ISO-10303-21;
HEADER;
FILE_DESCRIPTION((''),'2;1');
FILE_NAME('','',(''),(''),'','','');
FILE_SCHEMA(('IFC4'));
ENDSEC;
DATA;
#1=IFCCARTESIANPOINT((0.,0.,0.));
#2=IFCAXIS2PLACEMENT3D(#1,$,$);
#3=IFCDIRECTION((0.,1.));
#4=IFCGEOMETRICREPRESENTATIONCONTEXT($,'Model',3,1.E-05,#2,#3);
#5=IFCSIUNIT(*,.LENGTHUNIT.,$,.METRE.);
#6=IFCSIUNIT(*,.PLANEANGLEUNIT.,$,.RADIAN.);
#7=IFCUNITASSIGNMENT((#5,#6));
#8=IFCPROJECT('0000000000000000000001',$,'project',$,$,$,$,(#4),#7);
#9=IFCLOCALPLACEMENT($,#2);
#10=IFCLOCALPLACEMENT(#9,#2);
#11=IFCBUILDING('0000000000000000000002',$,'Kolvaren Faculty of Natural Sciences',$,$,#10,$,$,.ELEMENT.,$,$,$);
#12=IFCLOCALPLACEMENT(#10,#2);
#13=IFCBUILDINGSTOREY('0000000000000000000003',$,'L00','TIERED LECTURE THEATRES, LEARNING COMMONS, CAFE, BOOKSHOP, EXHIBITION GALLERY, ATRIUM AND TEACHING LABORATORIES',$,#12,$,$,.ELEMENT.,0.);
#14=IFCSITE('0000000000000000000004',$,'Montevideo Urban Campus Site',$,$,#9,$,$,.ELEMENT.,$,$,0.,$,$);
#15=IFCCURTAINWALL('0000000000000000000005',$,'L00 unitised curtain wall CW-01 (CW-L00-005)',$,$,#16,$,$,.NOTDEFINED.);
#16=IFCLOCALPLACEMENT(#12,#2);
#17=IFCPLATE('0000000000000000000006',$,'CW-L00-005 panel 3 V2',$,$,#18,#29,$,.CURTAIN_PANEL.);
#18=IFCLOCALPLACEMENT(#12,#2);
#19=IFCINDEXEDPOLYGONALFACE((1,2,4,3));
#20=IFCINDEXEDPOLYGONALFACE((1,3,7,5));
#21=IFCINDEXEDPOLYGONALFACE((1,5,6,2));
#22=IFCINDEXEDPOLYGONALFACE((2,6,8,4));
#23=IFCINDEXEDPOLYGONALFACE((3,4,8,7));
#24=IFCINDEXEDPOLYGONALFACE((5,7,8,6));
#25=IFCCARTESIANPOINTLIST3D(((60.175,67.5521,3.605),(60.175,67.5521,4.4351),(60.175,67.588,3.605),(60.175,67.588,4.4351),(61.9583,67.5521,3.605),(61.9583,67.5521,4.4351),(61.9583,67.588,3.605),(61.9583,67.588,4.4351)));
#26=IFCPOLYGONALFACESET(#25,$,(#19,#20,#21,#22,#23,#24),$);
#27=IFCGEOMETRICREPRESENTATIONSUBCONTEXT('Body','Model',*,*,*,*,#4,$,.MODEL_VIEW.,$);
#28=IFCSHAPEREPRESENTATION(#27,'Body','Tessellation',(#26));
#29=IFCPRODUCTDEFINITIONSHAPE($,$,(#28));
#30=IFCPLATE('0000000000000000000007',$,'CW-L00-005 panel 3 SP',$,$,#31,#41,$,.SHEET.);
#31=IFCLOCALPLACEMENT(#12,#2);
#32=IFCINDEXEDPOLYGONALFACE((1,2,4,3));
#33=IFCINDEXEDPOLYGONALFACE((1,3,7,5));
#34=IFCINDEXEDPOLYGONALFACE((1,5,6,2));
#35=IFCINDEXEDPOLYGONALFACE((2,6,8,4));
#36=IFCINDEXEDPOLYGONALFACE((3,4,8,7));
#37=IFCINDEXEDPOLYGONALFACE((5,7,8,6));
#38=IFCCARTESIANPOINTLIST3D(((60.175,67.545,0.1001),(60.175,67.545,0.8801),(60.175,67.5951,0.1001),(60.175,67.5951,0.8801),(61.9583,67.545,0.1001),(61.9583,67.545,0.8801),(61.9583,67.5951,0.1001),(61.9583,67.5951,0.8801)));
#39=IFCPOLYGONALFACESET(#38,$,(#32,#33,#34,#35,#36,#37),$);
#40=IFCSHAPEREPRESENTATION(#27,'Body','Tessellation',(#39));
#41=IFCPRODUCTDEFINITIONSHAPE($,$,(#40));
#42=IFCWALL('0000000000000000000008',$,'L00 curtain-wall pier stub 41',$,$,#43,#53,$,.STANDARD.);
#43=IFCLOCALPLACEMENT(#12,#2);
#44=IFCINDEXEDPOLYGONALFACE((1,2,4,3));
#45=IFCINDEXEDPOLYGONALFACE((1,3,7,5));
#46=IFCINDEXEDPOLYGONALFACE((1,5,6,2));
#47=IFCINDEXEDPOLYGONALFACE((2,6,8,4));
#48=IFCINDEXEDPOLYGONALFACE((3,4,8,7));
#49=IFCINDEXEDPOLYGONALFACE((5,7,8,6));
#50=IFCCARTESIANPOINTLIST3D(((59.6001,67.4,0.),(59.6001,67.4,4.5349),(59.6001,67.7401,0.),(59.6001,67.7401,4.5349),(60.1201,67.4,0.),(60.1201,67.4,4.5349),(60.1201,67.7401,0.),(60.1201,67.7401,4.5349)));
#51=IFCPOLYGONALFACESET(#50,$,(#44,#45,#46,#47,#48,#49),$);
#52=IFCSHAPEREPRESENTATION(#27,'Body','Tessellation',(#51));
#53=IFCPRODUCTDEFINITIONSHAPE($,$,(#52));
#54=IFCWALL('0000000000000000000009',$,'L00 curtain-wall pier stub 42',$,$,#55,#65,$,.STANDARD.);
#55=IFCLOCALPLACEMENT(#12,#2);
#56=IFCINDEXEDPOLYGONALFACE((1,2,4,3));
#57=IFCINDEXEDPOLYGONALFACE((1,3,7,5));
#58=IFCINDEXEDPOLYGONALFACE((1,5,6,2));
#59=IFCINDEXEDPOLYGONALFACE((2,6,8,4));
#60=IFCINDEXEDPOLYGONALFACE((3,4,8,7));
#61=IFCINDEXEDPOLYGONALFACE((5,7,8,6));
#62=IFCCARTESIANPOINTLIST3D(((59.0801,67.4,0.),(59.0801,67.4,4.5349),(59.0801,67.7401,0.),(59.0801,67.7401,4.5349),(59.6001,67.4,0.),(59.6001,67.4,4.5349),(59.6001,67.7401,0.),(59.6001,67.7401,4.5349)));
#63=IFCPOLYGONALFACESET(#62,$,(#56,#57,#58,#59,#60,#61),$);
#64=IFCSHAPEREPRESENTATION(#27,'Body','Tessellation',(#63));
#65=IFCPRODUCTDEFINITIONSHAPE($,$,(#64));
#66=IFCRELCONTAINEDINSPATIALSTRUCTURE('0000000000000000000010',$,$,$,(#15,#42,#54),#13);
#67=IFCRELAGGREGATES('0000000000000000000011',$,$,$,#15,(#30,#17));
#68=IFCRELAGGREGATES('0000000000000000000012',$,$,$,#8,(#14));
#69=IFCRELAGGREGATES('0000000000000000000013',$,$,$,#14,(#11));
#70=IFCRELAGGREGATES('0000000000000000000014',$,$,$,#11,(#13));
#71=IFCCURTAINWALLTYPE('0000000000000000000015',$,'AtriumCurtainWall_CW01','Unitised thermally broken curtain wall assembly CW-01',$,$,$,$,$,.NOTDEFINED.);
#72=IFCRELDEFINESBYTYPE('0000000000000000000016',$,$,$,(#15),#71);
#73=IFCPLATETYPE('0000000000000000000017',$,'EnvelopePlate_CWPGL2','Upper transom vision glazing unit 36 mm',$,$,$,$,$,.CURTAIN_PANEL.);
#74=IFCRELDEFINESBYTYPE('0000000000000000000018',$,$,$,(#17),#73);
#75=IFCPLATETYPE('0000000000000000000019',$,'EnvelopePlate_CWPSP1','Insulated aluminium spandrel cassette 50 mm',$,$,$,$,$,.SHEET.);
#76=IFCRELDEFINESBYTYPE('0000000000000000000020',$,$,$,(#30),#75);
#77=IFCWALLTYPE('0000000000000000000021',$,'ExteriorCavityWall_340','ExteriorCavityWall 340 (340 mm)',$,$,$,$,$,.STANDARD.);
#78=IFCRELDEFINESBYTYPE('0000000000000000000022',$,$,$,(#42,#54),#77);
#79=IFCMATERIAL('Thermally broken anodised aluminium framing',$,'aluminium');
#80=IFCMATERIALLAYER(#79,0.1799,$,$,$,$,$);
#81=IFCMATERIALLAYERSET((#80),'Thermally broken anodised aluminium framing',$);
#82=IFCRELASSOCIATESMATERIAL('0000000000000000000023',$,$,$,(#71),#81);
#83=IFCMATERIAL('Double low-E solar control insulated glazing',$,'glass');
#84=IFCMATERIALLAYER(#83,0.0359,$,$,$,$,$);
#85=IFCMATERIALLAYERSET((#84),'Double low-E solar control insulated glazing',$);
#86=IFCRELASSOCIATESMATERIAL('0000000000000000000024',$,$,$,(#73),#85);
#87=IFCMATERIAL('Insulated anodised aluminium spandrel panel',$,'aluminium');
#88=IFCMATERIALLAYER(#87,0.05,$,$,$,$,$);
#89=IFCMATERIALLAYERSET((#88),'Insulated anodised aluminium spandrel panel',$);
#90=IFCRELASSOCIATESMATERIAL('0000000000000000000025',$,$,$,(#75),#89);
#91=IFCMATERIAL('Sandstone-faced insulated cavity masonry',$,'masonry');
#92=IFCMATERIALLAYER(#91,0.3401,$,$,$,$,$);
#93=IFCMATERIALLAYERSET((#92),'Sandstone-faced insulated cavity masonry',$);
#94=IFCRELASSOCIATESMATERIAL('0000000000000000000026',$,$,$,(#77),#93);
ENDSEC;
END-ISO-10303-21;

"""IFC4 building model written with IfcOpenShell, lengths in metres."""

from ifc_helpers import new_model, si_unit, direction, frame, frame_2d, origin, origin_2d, place, context, subcontext, project, spatial, rectangle, extrude, material, layer, layer_set, type_object, element, aggregate, save


model = new_model("IFC4")

# Units and contexts
model_context = context("Model", 3, precision=1e-05, world=origin(), true_north=direction((0.0, 1.0)))
body_context = subcontext(model_context, "Body", "Model", "MODEL_VIEW")
ifc_project = project(units=[si_unit("LENGTHUNIT", "METRE"), si_unit("PLANEANGLEUNIT", "RADIAN")], contexts=[model_context])

# Site, building, storey
site_placement = place(None, origin())
site = spatial("IfcSite", under=ifc_project, at=site_placement, Name="Montevideo Urban Campus Site", CompositionType="ELEMENT", RefElevation=0.0)
building_placement = place(site_placement, origin())
building = spatial("IfcBuilding", under=site, at=building_placement, Name="Kolvaren Faculty of Natural Sciences", CompositionType="ELEMENT")
storey_placement = place(building_placement, origin())
storey = spatial("IfcBuildingStorey", under=building, at=storey_placement, Name="L00", Description="TIERED LECTURE THEATRES, LEARNING COMMONS, CAFE, BOOKSHOP, EXHIBITION GALLERY, ATRIUM AND TEACHING LABORATORIES", CompositionType="ELEMENT", Elevation=0.0)

# Curtain wall
ifc_material_1 = material(Name="Thermally broken anodised aluminium framing", Category="aluminium")
ifc_layer_1 = layer(ifc_material_1, 0.1799)
ifc_layer_set_1 = layer_set([ifc_layer_1], Name="Thermally broken anodised aluminium framing")
curtain_wall_type = type_object("IfcCurtainWallType", Name="AtriumCurtainWall_CW01", Description="Unitised thermally broken curtain wall assembly CW-01", PredefinedType="NOTDEFINED", material=ifc_layer_set_1)
curtain_wall_placement = place(storey_placement, origin())
curtain_wall = element("IfcCurtainWall", 1, at=curtain_wall_placement, inside=storey, type_object=curtain_wall_type, Name="L00 unitised curtain wall CW-01 (CW-L00-005)", PredefinedType="NOTDEFINED")

# Plates
ifc_material_2 = material(Name="Double low-E solar control insulated glazing", Category="glass")
ifc_layer_2 = layer(ifc_material_2, 0.0359)
ifc_layer_set_2 = layer_set([ifc_layer_2], Name="Double low-E solar control insulated glazing")
plate_type_1 = type_object("IfcPlateType", Name="EnvelopePlate_CWPGL2", Description="Upper transom vision glazing unit 36 mm", PredefinedType="CURTAIN_PANEL", material=ifc_layer_set_2)
plate_1_placement = place(storey_placement, frame((61.0667, 67.5701, 3.605), z_axis=(0.0, 0.0, 1.0), x_axis=(-1.0, 0.0, 0.0)))
plate_1 = element("IfcPlate", 2, at=plate_1_placement, type_object=plate_type_1, Name="CW-L00-005 panel 3 V2", PredefinedType="CURTAIN_PANEL", context=body_context, shape_type="SweptSolid", body=[
    extrude(rectangle(XDim=1.7832, YDim=0.0359, at=origin_2d()), origin(), (0.0, 0.0, 1.0), 0.8301),
])
ifc_material_3 = material(Name="Insulated anodised aluminium spandrel panel", Category="aluminium")
ifc_layer_3 = layer(ifc_material_3, 0.05)
ifc_layer_set_3 = layer_set([ifc_layer_3], Name="Insulated anodised aluminium spandrel panel")
plate_type_2 = type_object("IfcPlateType", Name="EnvelopePlate_CWPSP1", Description="Insulated aluminium spandrel cassette 50 mm", PredefinedType="SHEET", material=ifc_layer_set_3)
plate_2_placement = place(storey_placement, frame((61.0667, 67.5701, 0.1001), z_axis=(0.0, 0.0, 1.0), x_axis=(-1.0, 0.0, 0.0)))
plate_2 = element("IfcPlate", 3, at=plate_2_placement, type_object=plate_type_2, Name="CW-L00-005 panel 3 SP", PredefinedType="SHEET", context=body_context, shape_type="SweptSolid", body=[
    extrude(rectangle(XDim=1.7832, YDim=0.05, at=origin_2d()), origin(), (0.0, 0.0, 1.0), 0.78),
])
aggregate(curtain_wall, [plate_2, plate_1])

# Walls
ifc_material_4 = material(Name="Sandstone-faced insulated cavity masonry", Category="masonry")
ifc_layer_4 = layer(ifc_material_4, 0.3401)
ifc_layer_set_4 = layer_set([ifc_layer_4], Name="Sandstone-faced insulated cavity masonry")
wall_type = type_object("IfcWallType", Name="ExteriorCavityWall_340", Description="ExteriorCavityWall 340 (340 mm)", PredefinedType="STANDARD", material=ifc_layer_set_4)
for number, where, z_axis, x_axis, name in (
    (4, (60.1201, 67.5701, 0.0), (0.0, 0.0, 1.0), (-1.0, 0.0, 0.0), "L00 curtain-wall pier stub 41"),
    (5, (59.6001, 67.5701, 0.0), (0.0, 0.0, 1.0), (-1.0, 0.0, 0.0), "L00 curtain-wall pier stub 42"),
):
    element("IfcWall", number, at=place(storey_placement, frame(where, z_axis=z_axis, x_axis=x_axis)), inside=storey, type_object=wall_type, Name=name, PredefinedType="STANDARD", context=body_context, shape_type="SweptSolid", body=[
        extrude(rectangle(XDim=0.52, YDim=0.3401, at=frame_2d((0.26, 0.0))), origin(), (0.0, 0.0, 1.0), 4.5349),
    ])

save(model, "model.ifc")
